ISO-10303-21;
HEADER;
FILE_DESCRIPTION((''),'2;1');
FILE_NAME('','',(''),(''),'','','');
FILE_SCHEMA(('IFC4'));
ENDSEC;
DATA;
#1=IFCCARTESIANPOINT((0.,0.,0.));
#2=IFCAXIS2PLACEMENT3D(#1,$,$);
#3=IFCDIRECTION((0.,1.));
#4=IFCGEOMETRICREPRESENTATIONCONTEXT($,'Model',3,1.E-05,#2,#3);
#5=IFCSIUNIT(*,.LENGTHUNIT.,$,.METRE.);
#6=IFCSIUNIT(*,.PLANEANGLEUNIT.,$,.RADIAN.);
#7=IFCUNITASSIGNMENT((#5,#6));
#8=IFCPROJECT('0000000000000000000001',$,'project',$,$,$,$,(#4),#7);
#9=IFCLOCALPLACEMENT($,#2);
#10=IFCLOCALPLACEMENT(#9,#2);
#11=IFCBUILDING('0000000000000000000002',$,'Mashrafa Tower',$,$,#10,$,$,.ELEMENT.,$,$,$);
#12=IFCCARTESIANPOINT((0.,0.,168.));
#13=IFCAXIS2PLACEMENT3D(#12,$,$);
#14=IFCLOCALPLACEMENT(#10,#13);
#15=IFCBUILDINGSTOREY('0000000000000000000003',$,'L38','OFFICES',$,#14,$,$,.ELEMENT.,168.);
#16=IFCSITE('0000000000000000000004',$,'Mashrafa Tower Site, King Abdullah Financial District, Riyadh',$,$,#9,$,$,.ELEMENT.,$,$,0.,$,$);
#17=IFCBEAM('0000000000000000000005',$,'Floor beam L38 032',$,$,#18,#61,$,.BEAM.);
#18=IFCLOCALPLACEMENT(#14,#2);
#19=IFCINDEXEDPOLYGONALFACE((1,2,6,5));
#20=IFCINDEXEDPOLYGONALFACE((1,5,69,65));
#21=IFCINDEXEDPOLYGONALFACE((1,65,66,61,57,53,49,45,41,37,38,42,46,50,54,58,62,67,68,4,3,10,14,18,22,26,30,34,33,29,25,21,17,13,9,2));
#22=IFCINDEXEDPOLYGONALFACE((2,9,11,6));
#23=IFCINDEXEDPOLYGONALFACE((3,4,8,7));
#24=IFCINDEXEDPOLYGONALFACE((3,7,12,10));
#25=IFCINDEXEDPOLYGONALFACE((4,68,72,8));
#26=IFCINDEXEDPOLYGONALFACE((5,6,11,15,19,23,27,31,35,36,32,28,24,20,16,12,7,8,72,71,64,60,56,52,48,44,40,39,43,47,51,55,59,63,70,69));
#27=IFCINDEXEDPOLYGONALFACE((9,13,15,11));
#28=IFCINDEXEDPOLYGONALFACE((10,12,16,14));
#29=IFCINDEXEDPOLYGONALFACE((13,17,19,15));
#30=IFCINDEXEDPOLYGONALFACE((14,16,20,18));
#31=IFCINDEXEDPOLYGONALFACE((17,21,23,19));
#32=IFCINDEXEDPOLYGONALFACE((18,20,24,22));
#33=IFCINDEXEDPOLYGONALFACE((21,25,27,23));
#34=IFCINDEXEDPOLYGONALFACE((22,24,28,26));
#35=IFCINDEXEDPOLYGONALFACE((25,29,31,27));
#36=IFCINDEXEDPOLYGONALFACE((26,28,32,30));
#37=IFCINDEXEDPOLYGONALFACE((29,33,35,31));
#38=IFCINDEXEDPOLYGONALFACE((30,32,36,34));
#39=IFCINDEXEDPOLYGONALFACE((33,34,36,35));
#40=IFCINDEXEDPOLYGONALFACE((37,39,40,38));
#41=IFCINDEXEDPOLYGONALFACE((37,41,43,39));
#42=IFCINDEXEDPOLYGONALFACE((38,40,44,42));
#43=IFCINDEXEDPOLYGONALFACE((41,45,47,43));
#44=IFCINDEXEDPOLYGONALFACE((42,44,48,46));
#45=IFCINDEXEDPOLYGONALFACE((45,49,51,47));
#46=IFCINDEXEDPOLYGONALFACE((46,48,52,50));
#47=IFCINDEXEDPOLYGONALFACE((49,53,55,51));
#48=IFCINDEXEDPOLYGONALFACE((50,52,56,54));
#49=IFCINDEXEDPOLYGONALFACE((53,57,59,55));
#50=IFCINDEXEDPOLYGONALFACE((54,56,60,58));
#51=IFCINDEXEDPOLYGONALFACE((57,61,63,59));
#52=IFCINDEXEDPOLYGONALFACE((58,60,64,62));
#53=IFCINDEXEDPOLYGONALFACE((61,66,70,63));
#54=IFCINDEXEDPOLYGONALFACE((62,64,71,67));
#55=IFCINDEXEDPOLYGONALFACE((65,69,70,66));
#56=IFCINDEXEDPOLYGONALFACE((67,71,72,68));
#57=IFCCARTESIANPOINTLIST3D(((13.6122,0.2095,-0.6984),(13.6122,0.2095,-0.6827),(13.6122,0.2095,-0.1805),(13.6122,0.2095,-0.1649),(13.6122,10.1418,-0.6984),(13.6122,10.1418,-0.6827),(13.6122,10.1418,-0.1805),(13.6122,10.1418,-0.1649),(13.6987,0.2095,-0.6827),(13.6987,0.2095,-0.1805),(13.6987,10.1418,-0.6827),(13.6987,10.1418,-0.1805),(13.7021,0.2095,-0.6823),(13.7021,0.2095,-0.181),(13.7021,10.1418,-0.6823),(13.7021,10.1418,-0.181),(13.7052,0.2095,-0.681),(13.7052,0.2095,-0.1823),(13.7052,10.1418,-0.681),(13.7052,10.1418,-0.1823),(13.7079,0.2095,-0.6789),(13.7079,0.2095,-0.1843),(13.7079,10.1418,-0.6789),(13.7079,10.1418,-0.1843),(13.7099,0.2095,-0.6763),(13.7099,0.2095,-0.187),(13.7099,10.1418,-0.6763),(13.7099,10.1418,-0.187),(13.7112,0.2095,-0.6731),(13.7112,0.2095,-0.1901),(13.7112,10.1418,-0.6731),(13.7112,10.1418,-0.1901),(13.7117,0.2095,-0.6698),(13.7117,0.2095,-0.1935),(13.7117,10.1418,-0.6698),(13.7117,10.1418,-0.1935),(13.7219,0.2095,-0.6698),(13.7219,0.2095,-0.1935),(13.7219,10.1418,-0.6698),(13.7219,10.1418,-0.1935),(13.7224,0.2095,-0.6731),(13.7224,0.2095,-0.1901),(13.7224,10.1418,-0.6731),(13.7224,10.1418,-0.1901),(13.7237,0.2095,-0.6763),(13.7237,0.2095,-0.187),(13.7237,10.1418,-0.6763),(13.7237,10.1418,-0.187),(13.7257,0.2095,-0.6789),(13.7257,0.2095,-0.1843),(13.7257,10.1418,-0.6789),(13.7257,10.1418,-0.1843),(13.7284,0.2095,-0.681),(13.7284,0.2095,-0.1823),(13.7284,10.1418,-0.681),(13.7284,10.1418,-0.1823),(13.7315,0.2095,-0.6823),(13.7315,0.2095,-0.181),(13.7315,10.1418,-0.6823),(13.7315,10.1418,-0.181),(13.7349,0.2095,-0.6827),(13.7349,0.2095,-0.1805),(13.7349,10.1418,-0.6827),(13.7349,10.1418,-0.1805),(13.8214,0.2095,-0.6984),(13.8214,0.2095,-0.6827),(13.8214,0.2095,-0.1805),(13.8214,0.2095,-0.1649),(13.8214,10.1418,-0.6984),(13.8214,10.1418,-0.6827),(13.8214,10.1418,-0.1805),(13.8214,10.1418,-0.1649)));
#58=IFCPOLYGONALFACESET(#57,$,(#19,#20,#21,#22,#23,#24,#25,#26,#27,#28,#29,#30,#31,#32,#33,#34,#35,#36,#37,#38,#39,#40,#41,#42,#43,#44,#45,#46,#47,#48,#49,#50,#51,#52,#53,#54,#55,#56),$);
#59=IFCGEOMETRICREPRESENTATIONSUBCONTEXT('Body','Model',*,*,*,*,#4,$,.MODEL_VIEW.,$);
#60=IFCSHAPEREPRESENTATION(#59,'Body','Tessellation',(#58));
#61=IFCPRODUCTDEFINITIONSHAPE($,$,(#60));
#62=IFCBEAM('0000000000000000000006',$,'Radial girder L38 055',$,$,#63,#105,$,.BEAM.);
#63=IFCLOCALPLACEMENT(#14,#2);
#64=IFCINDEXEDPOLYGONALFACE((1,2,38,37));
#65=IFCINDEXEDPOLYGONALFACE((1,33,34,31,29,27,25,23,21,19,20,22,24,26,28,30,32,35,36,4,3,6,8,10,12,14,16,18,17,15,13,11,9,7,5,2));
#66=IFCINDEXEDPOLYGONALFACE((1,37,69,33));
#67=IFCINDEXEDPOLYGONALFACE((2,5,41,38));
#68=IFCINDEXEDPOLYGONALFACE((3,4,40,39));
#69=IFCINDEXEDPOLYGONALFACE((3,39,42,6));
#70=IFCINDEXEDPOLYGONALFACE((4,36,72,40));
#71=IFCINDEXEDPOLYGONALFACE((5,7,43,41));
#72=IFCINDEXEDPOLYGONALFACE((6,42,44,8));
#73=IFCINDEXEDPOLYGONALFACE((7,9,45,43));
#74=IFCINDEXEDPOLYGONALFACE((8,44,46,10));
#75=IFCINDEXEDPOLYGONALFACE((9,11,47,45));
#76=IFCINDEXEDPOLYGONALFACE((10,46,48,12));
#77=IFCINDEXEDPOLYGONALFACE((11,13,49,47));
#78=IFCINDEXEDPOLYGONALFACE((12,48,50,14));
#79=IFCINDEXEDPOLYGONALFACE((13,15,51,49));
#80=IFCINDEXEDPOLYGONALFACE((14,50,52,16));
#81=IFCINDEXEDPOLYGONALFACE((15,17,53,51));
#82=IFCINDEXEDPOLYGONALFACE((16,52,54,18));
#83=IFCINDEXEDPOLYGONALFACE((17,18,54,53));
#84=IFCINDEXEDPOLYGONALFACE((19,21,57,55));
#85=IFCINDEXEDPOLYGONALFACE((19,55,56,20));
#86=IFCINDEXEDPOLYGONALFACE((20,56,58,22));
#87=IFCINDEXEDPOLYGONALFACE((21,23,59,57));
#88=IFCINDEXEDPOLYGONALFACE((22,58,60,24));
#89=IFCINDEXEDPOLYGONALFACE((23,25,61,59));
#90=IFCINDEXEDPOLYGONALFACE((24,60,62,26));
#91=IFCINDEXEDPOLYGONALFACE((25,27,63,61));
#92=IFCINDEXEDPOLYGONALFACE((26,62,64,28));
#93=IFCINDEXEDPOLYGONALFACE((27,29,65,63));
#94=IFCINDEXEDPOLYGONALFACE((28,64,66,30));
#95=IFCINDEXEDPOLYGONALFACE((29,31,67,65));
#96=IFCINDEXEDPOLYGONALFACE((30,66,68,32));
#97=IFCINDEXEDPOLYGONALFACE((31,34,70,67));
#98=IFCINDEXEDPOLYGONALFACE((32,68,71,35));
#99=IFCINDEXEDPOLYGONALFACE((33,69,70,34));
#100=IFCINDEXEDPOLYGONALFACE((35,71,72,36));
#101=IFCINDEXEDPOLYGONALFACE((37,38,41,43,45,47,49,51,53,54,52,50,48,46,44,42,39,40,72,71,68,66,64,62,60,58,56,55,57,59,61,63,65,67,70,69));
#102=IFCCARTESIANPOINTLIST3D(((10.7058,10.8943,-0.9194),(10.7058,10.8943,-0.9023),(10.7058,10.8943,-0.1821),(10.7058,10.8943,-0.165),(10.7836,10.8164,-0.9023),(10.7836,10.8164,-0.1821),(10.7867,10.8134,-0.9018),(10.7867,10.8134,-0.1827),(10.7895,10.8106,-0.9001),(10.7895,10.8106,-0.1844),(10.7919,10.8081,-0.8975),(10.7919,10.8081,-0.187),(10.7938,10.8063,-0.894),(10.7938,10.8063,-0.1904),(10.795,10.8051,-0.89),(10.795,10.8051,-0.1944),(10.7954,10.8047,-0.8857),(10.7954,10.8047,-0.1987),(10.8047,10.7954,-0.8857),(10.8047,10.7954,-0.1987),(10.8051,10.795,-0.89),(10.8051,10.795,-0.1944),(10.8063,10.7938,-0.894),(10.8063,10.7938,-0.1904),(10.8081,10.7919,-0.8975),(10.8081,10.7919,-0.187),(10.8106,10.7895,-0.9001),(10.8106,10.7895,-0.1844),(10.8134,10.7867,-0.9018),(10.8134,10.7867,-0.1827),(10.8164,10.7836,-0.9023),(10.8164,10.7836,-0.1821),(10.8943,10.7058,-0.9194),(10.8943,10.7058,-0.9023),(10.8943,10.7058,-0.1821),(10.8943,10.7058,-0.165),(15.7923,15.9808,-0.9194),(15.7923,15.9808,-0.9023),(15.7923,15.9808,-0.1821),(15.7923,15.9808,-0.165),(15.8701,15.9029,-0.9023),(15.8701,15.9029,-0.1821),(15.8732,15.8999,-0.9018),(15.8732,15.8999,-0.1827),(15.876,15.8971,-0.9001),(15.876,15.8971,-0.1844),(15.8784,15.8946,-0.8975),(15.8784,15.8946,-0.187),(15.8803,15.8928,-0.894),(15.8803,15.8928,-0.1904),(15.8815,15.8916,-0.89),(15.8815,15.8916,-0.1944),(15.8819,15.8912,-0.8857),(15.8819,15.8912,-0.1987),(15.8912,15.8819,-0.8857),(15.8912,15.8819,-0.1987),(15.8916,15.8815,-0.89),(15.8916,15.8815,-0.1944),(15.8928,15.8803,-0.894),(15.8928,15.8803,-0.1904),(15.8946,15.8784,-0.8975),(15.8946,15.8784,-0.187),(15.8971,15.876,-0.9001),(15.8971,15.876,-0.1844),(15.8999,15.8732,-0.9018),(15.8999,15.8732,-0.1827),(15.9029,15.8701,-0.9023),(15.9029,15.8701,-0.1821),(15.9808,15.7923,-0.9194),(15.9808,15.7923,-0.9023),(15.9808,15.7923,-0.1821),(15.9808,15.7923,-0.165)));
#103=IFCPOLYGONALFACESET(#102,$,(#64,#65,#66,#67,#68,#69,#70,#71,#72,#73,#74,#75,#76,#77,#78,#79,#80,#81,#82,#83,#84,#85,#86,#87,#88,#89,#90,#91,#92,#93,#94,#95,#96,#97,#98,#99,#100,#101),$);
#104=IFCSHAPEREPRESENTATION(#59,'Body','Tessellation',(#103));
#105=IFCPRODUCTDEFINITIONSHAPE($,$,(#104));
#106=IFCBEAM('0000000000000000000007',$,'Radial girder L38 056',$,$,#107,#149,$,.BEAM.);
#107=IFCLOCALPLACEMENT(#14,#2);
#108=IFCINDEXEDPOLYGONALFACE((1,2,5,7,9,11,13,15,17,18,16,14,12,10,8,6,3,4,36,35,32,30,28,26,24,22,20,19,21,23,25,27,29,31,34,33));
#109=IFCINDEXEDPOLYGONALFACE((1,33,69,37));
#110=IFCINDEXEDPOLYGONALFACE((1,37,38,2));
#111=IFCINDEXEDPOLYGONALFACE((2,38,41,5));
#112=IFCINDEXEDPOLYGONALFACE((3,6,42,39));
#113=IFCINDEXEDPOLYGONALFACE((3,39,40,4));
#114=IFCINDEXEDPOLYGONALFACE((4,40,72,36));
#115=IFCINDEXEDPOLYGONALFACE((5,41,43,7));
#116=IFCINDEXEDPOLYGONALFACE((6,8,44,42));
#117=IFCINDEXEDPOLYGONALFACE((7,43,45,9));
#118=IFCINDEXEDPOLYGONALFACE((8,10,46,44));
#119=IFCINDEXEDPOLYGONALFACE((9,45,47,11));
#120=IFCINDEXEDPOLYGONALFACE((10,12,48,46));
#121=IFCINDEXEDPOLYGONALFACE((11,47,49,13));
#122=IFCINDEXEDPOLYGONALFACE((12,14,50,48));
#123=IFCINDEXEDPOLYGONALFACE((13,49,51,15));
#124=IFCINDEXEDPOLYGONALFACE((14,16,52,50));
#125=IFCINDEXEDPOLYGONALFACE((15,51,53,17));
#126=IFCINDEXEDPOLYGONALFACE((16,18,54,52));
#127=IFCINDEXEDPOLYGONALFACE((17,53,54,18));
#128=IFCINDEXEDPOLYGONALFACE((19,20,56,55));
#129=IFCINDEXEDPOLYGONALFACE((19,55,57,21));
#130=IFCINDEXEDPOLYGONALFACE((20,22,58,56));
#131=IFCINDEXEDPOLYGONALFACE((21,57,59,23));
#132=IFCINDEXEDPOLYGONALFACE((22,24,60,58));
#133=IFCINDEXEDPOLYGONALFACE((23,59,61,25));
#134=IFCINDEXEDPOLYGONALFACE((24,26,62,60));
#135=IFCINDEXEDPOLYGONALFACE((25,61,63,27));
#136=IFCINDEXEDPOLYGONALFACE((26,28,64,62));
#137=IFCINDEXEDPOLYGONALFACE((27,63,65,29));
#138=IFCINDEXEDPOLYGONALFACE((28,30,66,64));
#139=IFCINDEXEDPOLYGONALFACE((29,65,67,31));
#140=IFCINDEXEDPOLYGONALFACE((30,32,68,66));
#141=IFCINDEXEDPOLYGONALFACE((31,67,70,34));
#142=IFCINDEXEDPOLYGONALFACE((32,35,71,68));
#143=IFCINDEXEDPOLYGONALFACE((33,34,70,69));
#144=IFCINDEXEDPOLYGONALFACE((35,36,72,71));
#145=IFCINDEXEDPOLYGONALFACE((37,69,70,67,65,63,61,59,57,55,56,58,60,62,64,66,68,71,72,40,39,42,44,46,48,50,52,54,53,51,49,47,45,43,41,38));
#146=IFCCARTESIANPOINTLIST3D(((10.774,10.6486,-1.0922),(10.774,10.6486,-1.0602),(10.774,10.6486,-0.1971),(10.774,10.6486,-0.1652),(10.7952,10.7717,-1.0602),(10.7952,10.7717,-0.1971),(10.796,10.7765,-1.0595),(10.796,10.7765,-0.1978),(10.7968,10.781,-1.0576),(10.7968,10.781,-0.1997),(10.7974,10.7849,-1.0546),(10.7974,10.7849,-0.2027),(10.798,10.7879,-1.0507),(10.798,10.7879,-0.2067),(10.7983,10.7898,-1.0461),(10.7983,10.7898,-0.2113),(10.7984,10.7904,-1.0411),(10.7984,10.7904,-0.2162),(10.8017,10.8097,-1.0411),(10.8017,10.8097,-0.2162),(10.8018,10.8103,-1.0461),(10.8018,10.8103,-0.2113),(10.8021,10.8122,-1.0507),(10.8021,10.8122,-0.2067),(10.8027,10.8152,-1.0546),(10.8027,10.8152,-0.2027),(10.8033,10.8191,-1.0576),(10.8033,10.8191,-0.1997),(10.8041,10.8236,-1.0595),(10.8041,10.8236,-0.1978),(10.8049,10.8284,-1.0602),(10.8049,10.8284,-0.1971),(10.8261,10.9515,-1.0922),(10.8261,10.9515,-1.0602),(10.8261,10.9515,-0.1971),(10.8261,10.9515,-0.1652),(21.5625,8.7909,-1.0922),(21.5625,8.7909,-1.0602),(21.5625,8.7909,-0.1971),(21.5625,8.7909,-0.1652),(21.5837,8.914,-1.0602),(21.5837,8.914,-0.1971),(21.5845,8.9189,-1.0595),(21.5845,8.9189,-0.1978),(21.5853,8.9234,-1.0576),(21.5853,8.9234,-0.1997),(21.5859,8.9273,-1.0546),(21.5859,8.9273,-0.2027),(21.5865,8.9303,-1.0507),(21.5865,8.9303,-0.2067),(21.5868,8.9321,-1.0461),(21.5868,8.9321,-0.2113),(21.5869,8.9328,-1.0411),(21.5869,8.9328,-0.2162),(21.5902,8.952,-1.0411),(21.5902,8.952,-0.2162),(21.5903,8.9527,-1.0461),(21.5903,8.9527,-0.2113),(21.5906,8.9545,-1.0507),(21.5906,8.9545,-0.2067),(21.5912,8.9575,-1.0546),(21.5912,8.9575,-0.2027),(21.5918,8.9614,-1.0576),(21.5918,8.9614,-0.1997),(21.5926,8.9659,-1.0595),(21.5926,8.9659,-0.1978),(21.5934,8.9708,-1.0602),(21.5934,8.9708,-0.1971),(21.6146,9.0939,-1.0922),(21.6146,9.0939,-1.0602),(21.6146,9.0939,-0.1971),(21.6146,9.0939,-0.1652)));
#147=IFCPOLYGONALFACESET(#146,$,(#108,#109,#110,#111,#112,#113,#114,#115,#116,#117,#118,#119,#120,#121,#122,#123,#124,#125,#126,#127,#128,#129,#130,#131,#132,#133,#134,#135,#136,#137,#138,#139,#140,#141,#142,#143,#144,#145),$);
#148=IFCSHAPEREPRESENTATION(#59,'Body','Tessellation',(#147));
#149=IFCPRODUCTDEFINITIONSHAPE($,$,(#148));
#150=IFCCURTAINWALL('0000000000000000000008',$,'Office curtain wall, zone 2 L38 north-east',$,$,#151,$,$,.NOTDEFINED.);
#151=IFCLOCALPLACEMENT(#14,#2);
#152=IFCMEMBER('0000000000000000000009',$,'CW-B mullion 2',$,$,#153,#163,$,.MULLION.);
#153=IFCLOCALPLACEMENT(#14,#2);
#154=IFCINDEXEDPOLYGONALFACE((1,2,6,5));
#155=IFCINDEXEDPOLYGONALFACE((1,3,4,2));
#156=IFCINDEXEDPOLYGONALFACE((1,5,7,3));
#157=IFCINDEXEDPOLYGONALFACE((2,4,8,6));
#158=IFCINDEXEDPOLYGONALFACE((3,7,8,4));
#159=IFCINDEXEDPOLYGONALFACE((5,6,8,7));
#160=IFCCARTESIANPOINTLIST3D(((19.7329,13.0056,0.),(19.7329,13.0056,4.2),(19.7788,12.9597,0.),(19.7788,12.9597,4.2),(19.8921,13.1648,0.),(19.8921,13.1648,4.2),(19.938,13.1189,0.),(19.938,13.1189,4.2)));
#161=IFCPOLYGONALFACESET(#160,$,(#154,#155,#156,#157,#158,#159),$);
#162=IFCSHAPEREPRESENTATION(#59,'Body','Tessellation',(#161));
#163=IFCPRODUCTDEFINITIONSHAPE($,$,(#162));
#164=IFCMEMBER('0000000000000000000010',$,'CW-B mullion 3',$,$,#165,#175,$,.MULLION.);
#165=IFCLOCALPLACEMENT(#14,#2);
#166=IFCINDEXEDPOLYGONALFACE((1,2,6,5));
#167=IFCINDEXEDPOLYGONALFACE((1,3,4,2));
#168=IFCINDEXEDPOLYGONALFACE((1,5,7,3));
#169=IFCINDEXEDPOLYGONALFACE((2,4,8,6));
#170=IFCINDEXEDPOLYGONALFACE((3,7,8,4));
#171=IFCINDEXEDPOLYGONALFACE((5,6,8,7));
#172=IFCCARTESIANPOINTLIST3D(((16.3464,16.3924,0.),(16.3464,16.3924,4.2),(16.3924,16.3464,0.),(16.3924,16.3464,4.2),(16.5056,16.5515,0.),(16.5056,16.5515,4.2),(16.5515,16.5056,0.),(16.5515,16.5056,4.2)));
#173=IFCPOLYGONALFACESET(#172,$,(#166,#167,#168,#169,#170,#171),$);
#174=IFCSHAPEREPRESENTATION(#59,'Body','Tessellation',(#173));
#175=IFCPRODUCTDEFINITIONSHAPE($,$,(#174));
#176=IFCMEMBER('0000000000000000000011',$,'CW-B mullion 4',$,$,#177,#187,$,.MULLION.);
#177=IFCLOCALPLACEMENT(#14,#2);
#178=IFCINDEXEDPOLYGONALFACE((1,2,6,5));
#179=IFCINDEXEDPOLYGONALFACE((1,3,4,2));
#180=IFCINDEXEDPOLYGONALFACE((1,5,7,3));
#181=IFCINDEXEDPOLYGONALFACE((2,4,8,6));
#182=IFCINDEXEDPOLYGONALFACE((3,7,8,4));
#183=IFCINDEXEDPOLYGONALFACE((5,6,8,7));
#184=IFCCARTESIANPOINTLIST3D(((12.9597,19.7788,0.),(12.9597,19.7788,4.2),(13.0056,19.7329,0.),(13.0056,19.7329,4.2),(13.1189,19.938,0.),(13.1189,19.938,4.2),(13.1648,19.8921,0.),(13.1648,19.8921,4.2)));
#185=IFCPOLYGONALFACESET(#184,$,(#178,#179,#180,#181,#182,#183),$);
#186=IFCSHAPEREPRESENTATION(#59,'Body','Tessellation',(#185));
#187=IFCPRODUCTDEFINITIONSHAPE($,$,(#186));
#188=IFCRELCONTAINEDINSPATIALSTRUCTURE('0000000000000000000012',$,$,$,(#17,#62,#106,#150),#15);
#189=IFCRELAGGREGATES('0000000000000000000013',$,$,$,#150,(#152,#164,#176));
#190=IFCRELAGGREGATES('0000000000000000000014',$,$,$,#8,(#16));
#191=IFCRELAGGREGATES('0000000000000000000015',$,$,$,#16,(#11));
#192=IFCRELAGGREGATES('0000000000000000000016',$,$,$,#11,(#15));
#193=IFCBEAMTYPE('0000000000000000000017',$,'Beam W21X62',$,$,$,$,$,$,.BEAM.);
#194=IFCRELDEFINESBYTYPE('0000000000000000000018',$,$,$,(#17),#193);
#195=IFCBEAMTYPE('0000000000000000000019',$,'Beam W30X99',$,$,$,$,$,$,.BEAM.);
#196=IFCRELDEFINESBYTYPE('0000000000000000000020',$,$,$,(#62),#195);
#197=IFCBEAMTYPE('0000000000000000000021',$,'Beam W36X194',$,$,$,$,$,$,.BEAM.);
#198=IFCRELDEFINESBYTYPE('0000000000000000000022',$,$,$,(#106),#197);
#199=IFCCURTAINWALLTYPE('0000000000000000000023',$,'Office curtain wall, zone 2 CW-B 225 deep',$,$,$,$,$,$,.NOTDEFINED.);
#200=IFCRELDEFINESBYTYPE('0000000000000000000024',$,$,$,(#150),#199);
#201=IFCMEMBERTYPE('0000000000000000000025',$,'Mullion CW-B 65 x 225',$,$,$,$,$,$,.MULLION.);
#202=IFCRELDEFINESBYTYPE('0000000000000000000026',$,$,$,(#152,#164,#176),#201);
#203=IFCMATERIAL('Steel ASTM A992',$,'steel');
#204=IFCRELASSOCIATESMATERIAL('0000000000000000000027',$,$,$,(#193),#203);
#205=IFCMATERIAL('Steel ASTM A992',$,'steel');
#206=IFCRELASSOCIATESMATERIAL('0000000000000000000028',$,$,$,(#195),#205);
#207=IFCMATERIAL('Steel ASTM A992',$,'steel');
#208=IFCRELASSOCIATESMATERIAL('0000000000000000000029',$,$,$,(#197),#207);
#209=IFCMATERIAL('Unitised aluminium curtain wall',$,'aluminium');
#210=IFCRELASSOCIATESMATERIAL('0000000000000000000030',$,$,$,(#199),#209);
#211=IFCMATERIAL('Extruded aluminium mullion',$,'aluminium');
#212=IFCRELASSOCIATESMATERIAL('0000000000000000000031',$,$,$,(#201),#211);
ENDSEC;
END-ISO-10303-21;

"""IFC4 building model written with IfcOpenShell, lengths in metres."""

from ifc_helpers import new_model, si_unit, direction, frame, origin, origin_2d, place, context, subcontext, project, spatial, rectangle, i_section, extrude, source, transform, mapped, material, material_profile, profile_set, type_object, type_shapes, element, aggregate, save


model = new_model("IFC4")

# Units and contexts
model_context = context("Model", 3, precision=1e-05, world=origin(), true_north=direction((0.0, 1.0)))
body_context = subcontext(model_context, "Body", "Model", "MODEL_VIEW")
ifc_project = project(units=[si_unit("LENGTHUNIT", "METRE"), si_unit("PLANEANGLEUNIT", "RADIAN")], contexts=[model_context])

# Site, building, storey
site_placement = place(None, origin())
site = spatial("IfcSite", under=ifc_project, at=site_placement, Name="Mashrafa Tower Site, King Abdullah Financial District, Riyadh", CompositionType="ELEMENT", RefElevation=0.0)
building_placement = place(site_placement, origin())
building = spatial("IfcBuilding", under=site, at=building_placement, Name="Mashrafa Tower", CompositionType="ELEMENT")
storey_placement = place(building_placement, frame((0.0, 0.0, 168.0)))
storey = spatial("IfcBuildingStorey", under=building, at=storey_placement, Name="L38", Description="OFFICES", CompositionType="ELEMENT", Elevation=168.0)

# Beams
ifc_material_1 = material(Name="Steel ASTM A992", Category="steel")
ifc_material_profile_1 = material_profile(ifc_material_1, i_section(OverallWidth=0.2092, OverallDepth=0.5334, WebThickness=0.0103, FlangeThickness=0.0156, FilletRadius=0.0129, at=origin_2d()), Name="W21X62")
ifc_profile_set_1 = profile_set([ifc_material_profile_1], Name="Steel ASTM A992")
beam_type_1 = type_object("IfcBeamType", Name="Beam W21X62", PredefinedType="BEAM", material=ifc_profile_set_1)
beam_1_placement = place(storey_placement, frame((13.7168, 10.1418, -0.4316), z_axis=(0.0, -1.0, 0.0), x_axis=(1.0, 0.0, 0.0)))
element("IfcBeam", 1, at=beam_1_placement, inside=storey, type_object=beam_type_1, Name="Floor beam L38 032", PredefinedType="BEAM", context=body_context, shape_type="SweptSolid", body=[
    extrude(i_section(OverallWidth=0.2092, OverallDepth=0.5334, WebThickness=0.0103, FlangeThickness=0.0156, FilletRadius=0.0129, at=origin_2d()), origin(), (0.0, 0.0, 1.0), 9.9324),
])
ifc_material_2 = material(Name="Steel ASTM A992", Category="steel")
ifc_material_profile_2 = material_profile(ifc_material_2, i_section(OverallWidth=0.2666, OverallDepth=0.7544, WebThickness=0.0132, FlangeThickness=0.0171, FilletRadius=0.0166, at=origin_2d()), Name="W30X99")
ifc_profile_set_2 = profile_set([ifc_material_profile_2], Name="Steel ASTM A992")
beam_type_2 = type_object("IfcBeamType", Name="Beam W30X99", PredefinedType="BEAM", material=ifc_profile_set_2)
beam_2_placement = place(storey_placement, frame((10.8, 10.8, -0.5422), z_axis=(0.707107, 0.707107, 0.0), x_axis=(-0.707107, 0.707107, 0.0)))
element("IfcBeam", 2, at=beam_2_placement, inside=storey, type_object=beam_type_2, Name="Radial girder L38 055", PredefinedType="BEAM", context=body_context, shape_type="SweptSolid", body=[
    extrude(i_section(OverallWidth=0.2666, OverallDepth=0.7544, WebThickness=0.0132, FlangeThickness=0.0171, FilletRadius=0.0166, at=origin_2d()), origin(), (0.0, 0.0, 1.0), 7.1934),
])
ifc_material_3 = material(Name="Steel ASTM A992", Category="steel")
ifc_material_profile_3 = material_profile(ifc_material_3, i_section(OverallWidth=0.3074, OverallDepth=0.927, WebThickness=0.0195, FlangeThickness=0.032, FilletRadius=0.019, at=origin_2d()), Name="W36X194")
ifc_profile_set_3 = profile_set([ifc_material_profile_3], Name="Steel ASTM A992")
beam_type_3 = type_object("IfcBeamType", Name="Beam W36X194", PredefinedType="BEAM", material=ifc_profile_set_3)
beam_3_placement = place(storey_placement, frame((10.8, 10.8, -0.6287), z_axis=(0.985497, -0.169691, 0.0), x_axis=(0.169691, 0.985497, 0.0)))
element("IfcBeam", 3, at=beam_3_placement, inside=storey, type_object=beam_type_3, Name="Radial girder L38 056", PredefinedType="BEAM", context=body_context, shape_type="SweptSolid", body=[
    extrude(i_section(OverallWidth=0.3074, OverallDepth=0.927, WebThickness=0.0195, FlangeThickness=0.032, FilletRadius=0.019, at=origin_2d()), origin(), (0.0, 0.0, 1.0), 10.9473),
])

# Curtain wall, members
ifc_material_4 = material(Name="Unitised aluminium curtain wall", Category="aluminium")
curtain_wall_type = type_object("IfcCurtainWallType", Name="Office curtain wall, zone 2 CW-B 225 deep", PredefinedType="NOTDEFINED", material=ifc_material_4)
curtain_wall_placement = place(storey_placement, origin())
curtain_wall = element("IfcCurtainWall", 4, at=curtain_wall_placement, inside=storey, type_object=curtain_wall_type, Name="Office curtain wall, zone 2 L38 north-east", PredefinedType="NOTDEFINED")
ifc_material_5 = material(Name="Extruded aluminium mullion", Category="aluminium")
ifc_material_profile_4 = material_profile(ifc_material_5, rectangle(XDim=0.2251, YDim=0.0649, at=origin_2d()), Name="Mullion 65x225")
ifc_profile_set_4 = profile_set([ifc_material_profile_4], Name="Extruded aluminium mullion")
member_type_1 = type_object("IfcMemberType", Name="Mullion CW-B 65 x 225", PredefinedType="MULLION", material=ifc_profile_set_4)
shared_shape_1 = source(origin(), body_context, "Body", "SweptSolid", [
    extrude(rectangle(XDim=0.2251, YDim=0.0649, at=origin_2d()), origin(), (0.0, 0.0, 1.0), 4.2),
])
type_shapes(member_type_1, [shared_shape_1])
member_1_placement = place(storey_placement, frame((19.8354, 13.0623, 0.0), z_axis=(0.0, 0.0, 1.0), x_axis=(-0.707107, -0.707107, 0.0)))
member_1 = element("IfcMember", 5, at=member_1_placement, type_object=member_type_1, Name="CW-B mullion 2", PredefinedType="MULLION", context=body_context, shape_type="MappedRepresentation", body=[
    mapped(shared_shape_1, transform((0.0, 0.0, 0.0))),
])
member_2_placement = place(storey_placement, frame((16.449, 16.449, 0.0), z_axis=(0.0, 0.0, 1.0), x_axis=(-0.707107, -0.707107, 0.0)))
member_2 = element("IfcMember", 6, at=member_2_placement, type_object=member_type_1, Name="CW-B mullion 3", PredefinedType="MULLION", context=body_context, shape_type="MappedRepresentation", body=[
    mapped(shared_shape_1, transform((0.0, 0.0, 0.0))),
])
member_3_placement = place(storey_placement, frame((13.0623, 19.8354, 0.0), z_axis=(0.0, 0.0, 1.0), x_axis=(-0.707107, -0.707107, 0.0)))
member_3 = element("IfcMember", 7, at=member_3_placement, type_object=member_type_1, Name="CW-B mullion 4", PredefinedType="MULLION", context=body_context, shape_type="MappedRepresentation", body=[
    mapped(shared_shape_1, transform((0.0, 0.0, 0.0))),
])
aggregate(curtain_wall, [member_1, member_2, member_3])

save(model, "model.ifc")
